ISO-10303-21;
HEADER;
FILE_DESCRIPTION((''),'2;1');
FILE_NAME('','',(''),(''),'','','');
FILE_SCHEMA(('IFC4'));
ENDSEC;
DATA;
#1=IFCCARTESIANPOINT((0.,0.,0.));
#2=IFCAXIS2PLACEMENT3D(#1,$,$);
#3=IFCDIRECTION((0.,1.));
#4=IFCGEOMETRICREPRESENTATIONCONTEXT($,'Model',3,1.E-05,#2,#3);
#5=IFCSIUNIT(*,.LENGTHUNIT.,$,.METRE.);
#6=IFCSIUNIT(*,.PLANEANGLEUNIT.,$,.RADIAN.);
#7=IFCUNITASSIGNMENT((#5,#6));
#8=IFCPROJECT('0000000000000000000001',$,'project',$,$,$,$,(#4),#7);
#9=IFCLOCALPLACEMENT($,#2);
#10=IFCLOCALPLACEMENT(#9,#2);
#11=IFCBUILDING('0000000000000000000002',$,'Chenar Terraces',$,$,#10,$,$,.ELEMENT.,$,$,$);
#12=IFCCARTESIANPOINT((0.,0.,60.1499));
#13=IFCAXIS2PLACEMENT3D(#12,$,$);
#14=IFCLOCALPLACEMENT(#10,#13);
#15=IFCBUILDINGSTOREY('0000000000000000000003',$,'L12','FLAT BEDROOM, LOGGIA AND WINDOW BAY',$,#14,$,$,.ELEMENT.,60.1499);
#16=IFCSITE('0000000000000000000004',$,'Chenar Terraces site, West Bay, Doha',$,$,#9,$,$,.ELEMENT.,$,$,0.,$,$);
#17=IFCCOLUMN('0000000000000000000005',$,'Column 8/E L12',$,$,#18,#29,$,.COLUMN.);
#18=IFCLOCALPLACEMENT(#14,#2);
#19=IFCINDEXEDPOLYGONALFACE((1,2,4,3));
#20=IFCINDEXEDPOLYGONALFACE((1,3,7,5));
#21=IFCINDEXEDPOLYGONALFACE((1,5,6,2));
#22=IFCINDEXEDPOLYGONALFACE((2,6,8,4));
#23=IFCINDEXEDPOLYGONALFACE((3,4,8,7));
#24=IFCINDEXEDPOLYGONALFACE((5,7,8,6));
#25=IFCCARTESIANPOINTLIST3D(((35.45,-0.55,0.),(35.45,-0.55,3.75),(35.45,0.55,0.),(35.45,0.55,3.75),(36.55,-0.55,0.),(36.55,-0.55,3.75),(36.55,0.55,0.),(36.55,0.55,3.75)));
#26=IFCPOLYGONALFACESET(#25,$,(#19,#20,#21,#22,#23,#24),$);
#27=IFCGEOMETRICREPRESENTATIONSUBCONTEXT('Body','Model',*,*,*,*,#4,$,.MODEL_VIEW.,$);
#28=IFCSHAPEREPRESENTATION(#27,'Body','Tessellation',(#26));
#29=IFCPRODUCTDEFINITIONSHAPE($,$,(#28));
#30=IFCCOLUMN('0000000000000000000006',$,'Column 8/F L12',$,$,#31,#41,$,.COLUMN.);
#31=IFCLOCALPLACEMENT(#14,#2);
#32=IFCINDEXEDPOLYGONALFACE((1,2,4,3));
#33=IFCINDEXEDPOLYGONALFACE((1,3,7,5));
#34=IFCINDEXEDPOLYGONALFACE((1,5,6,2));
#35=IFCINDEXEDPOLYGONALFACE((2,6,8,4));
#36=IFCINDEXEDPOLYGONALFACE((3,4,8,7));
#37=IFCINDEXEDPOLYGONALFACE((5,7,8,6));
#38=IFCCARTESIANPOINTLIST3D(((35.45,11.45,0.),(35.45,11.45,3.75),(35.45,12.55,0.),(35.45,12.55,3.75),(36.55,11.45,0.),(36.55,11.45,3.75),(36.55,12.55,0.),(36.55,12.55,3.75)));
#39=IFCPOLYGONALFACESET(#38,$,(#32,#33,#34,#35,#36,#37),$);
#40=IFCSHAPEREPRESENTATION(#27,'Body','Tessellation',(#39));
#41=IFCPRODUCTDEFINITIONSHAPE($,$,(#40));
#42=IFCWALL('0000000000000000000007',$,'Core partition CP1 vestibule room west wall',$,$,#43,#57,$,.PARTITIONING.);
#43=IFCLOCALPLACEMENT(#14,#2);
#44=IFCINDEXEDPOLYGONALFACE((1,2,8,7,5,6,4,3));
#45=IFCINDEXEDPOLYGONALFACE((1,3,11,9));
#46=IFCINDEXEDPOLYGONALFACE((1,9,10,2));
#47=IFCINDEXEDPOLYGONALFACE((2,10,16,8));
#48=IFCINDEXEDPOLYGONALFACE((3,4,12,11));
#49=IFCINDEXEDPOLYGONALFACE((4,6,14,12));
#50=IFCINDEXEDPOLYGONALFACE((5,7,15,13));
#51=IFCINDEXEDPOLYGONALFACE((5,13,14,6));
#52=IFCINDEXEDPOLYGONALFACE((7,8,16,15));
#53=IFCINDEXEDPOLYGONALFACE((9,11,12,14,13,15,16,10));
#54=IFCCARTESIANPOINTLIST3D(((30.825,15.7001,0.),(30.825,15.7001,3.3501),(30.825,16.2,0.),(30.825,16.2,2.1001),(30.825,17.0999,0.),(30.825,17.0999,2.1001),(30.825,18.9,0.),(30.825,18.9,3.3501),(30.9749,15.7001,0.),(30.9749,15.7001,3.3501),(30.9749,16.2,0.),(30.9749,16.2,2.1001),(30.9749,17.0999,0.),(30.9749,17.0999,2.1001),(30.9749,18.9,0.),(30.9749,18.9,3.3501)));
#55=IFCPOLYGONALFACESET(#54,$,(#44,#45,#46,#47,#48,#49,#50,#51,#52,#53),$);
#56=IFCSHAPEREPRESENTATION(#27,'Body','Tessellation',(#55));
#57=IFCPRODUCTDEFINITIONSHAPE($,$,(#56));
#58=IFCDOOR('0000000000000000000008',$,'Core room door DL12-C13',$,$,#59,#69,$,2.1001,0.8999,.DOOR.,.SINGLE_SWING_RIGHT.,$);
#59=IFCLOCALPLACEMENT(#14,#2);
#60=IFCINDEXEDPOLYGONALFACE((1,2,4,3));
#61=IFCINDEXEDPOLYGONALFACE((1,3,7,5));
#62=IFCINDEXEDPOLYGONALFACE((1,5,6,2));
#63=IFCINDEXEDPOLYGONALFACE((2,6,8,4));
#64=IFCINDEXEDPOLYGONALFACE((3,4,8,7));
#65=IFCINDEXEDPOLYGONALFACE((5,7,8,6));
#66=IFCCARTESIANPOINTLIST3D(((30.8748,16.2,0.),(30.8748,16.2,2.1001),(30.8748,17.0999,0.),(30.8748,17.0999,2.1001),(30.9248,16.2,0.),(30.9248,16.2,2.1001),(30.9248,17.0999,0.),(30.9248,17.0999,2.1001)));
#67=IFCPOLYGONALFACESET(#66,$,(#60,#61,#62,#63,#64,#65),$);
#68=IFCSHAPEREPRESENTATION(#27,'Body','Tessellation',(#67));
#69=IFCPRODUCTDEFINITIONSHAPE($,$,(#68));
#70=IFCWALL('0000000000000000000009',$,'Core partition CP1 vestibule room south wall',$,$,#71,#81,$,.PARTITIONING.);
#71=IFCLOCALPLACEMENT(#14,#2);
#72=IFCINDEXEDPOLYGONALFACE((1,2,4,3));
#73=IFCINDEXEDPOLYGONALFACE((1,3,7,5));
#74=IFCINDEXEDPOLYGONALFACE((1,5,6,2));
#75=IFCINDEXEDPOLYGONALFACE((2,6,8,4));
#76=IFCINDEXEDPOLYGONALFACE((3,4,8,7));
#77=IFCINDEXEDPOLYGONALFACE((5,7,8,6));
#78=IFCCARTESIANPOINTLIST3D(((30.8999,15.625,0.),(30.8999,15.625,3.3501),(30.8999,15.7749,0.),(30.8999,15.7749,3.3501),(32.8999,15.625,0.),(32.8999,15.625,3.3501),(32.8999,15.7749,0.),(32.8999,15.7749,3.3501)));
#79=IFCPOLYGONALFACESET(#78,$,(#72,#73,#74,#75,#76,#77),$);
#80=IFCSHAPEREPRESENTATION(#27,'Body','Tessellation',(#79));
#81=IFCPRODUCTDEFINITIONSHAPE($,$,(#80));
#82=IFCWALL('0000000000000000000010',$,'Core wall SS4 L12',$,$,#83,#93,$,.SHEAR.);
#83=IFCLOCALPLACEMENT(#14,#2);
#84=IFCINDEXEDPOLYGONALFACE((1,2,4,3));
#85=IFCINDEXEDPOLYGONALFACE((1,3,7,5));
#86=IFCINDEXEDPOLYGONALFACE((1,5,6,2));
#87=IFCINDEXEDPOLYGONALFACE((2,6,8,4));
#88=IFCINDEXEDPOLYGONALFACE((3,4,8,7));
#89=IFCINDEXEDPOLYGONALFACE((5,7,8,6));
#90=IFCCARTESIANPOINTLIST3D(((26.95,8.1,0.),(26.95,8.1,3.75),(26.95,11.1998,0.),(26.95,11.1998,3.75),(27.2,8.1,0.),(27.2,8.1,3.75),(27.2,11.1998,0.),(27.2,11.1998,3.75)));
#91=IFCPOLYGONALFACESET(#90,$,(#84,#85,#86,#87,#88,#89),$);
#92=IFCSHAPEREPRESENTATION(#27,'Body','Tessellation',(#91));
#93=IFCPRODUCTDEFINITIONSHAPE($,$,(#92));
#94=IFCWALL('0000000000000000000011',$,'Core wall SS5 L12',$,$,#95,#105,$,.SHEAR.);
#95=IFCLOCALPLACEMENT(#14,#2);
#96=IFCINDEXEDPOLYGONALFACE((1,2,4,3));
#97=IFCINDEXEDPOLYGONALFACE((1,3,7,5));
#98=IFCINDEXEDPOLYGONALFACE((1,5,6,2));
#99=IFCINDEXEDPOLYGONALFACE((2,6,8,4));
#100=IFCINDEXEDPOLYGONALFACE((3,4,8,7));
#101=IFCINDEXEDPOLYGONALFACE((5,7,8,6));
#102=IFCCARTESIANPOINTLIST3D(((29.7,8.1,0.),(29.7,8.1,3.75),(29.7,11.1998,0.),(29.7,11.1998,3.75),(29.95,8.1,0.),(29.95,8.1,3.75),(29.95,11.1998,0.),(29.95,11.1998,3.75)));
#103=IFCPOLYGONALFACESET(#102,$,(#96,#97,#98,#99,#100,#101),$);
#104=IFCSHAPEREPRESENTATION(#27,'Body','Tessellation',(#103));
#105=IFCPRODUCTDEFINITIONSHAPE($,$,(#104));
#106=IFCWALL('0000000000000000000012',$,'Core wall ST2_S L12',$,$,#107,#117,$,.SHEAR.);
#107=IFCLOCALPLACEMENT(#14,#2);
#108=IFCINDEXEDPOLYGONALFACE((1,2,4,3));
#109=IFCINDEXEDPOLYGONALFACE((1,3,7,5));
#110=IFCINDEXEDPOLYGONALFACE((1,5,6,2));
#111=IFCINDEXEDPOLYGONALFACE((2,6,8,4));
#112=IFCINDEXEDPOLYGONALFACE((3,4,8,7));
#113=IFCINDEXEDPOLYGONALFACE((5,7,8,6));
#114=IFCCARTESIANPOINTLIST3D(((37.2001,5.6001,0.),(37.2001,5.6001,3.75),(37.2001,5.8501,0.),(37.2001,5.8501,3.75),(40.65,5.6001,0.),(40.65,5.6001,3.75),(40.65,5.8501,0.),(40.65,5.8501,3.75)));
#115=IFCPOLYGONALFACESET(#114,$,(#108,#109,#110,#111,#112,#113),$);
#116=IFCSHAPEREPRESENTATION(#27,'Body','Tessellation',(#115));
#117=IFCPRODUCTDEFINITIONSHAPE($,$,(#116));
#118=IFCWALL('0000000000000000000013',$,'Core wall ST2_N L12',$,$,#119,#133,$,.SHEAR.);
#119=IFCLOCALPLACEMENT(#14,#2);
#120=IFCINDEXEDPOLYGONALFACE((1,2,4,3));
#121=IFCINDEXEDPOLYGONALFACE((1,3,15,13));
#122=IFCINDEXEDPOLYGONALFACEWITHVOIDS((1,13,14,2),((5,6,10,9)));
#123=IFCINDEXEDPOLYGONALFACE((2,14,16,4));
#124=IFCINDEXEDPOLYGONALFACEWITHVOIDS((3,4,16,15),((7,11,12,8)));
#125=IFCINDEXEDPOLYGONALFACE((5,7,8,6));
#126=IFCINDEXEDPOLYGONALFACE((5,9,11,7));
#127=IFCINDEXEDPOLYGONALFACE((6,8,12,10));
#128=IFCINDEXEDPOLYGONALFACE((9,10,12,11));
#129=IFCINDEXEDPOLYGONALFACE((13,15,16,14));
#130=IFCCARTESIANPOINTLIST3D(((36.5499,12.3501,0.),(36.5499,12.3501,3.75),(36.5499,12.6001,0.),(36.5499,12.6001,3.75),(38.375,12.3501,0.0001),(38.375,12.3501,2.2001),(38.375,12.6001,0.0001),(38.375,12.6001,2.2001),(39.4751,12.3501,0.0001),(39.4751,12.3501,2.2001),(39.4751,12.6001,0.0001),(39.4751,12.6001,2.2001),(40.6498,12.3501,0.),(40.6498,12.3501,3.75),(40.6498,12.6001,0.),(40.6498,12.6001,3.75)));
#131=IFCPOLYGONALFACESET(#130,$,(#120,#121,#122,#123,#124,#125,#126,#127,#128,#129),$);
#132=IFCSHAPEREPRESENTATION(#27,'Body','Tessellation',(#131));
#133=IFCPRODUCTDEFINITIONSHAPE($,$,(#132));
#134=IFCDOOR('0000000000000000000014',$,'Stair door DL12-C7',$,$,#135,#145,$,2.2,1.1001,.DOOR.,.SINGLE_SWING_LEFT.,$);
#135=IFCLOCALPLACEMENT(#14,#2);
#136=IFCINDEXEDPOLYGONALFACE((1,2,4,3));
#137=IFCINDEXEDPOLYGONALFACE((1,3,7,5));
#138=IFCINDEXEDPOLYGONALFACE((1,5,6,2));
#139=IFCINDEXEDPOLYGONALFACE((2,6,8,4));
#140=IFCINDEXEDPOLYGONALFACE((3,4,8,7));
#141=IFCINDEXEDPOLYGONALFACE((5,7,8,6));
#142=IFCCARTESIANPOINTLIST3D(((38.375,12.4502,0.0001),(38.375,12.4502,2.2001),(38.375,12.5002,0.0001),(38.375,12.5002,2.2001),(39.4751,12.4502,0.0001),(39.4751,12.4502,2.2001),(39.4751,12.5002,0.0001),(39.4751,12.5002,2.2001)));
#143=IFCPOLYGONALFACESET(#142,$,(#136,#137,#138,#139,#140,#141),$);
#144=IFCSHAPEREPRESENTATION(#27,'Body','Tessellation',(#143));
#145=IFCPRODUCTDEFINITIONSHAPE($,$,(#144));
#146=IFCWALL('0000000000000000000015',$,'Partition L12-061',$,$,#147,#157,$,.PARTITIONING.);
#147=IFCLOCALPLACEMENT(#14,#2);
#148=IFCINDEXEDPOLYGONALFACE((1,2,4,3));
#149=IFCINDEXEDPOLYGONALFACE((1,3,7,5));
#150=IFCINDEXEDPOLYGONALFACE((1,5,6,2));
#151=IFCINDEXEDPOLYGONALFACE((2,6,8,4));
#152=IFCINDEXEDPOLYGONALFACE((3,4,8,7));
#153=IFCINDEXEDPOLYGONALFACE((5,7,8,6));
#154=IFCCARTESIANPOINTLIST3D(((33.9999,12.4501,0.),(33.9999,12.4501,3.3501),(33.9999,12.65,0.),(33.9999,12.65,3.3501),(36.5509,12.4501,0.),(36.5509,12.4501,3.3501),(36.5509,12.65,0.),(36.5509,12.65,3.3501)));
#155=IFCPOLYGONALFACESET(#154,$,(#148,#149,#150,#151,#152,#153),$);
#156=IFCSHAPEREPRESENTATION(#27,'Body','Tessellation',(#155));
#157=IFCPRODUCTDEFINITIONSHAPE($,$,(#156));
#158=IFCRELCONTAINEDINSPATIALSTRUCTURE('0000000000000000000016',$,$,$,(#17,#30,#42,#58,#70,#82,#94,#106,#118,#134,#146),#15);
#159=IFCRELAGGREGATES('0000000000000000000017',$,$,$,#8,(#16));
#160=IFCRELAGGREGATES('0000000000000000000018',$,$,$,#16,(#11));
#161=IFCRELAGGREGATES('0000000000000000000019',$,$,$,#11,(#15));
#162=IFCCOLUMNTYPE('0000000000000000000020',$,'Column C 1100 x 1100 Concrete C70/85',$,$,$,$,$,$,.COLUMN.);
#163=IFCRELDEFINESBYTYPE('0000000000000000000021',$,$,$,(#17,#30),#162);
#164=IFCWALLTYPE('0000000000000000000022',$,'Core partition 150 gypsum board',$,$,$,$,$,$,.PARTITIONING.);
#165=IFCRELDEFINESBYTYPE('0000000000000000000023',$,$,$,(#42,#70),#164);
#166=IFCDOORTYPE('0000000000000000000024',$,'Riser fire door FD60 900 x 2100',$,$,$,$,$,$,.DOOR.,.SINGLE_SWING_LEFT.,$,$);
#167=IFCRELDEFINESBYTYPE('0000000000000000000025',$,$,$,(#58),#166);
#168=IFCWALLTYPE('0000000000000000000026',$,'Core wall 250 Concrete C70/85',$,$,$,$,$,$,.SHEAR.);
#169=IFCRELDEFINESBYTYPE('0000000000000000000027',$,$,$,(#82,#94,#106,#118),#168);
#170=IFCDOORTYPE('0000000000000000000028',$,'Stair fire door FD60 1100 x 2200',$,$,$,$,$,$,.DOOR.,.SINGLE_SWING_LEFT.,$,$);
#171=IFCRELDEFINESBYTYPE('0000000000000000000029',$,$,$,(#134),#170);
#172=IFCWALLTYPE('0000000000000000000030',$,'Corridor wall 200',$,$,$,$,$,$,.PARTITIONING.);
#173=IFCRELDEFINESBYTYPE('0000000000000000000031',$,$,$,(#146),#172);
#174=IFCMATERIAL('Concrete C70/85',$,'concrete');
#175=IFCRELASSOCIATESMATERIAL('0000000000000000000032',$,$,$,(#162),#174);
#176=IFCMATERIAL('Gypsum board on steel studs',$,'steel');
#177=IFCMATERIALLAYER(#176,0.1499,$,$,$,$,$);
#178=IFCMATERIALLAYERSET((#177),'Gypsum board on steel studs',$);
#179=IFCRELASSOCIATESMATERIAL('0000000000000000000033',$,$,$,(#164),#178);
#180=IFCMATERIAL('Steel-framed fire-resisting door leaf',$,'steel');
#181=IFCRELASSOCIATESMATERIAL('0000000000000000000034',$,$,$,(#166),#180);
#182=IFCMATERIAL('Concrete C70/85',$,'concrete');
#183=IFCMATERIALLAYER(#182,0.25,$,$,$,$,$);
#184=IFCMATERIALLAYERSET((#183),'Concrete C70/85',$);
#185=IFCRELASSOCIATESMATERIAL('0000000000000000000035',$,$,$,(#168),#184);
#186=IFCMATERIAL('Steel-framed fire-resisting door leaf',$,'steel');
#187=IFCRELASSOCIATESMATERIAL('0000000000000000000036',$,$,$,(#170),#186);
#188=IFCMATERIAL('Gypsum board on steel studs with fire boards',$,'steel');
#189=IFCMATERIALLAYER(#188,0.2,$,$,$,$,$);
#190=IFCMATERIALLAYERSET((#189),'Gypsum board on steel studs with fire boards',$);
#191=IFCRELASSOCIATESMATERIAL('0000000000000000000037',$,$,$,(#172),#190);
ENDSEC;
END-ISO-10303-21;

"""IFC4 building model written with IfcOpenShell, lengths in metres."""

from ifc_helpers import new_model, si_unit, direction, frame, frame_2d, origin, origin_2d, place, context, subcontext, project, spatial, rectangle, extrude, material, layer, layer_set, material_profile, profile_set, type_object, element, fill, save


model = new_model("IFC4")

# Units and contexts
model_context = context("Model", 3, precision=1e-05, world=origin(), true_north=direction((0.0, 1.0)))
body_context = subcontext(model_context, "Body", "Model", "MODEL_VIEW")
ifc_project = project(units=[si_unit("LENGTHUNIT", "METRE"), si_unit("PLANEANGLEUNIT", "RADIAN")], contexts=[model_context])

# Site, building, storey
site_placement = place(None, origin())
site = spatial("IfcSite", under=ifc_project, at=site_placement, Name="Chenar Terraces site, West Bay, Doha", CompositionType="ELEMENT", RefElevation=0.0)
building_placement = place(site_placement, origin())
building = spatial("IfcBuilding", under=site, at=building_placement, Name="Chenar Terraces", CompositionType="ELEMENT")
storey_placement = place(building_placement, frame((0.0, 0.0, 60.1499)))
storey = spatial("IfcBuildingStorey", under=building, at=storey_placement, Name="L12", Description="FLAT BEDROOM, LOGGIA AND WINDOW BAY", CompositionType="ELEMENT", Elevation=60.1499)

# Columns
ifc_material_1 = material(Name="Concrete C70/85", Category="concrete")
ifc_material_profile = material_profile(ifc_material_1, rectangle(XDim=1.1001, YDim=1.1001, at=origin_2d()), Name="C 1100 x 1100")
ifc_profile_set = profile_set([ifc_material_profile], Name="Concrete C70/85")
column_type = type_object("IfcColumnType", Name="Column C 1100 x 1100 Concrete C70/85", PredefinedType="COLUMN", material=ifc_profile_set)
for number, where, z_axis, x_axis, name in (
    (1, (36.0, 0.0, 0.0), (0.0, 0.0, 1.0), (1.0, 0.0, 0.0), "Column 8/E L12"),
    (2, (36.0, 12.0, 0.0), (0.0, 0.0, 1.0), (1.0, 0.0, 0.0), "Column 8/F L12"),
):
    element("IfcColumn", number, at=place(storey_placement, frame(where, z_axis=z_axis, x_axis=x_axis)), inside=storey, type_object=column_type, Name=name, PredefinedType="COLUMN", context=body_context, shape_type="SweptSolid", body=[
        extrude(rectangle(XDim=1.1001, YDim=1.1001, at=origin_2d()), origin(), (0.0, 0.0, 1.0), 3.75),
    ])

# Wall, opening, door
ifc_material_2 = material(Name="Gypsum board on steel studs", Category="steel")
ifc_layer_1 = layer(ifc_material_2, 0.1499)
ifc_layer_set_1 = layer_set([ifc_layer_1], Name="Gypsum board on steel studs")
wall_type_1 = type_object("IfcWallType", Name="Core partition 150 gypsum board", PredefinedType="PARTITIONING", material=ifc_layer_set_1)
wall_1_placement = place(storey_placement, frame((30.8999, 15.7, 0.0), z_axis=(0.0, 0.0, 1.0), x_axis=(0.0, 1.0, 0.0)))
wall_1 = element("IfcWall", 3, at=wall_1_placement, inside=storey, type_object=wall_type_1, Name="Core partition CP1 vestibule room west wall", PredefinedType="PARTITIONING", context=body_context, shape_type="SweptSolid", body=[
    extrude(rectangle(XDim=3.2, YDim=0.1499, at=frame_2d((1.6001, 0.0))), origin(), (0.0, 0.0, 1.0), 3.3501),
])
opening_1_placement = place(wall_1_placement, frame((0.5, 0.0, 0.0)))
opening_1 = element("IfcOpeningElement", 4, at=opening_1_placement, cuts=wall_1, PredefinedType="OPENING", context=body_context, shape_type="SweptSolid", body=[
    extrude(rectangle(XDim=0.8999, YDim=2.1001, at=frame_2d((0.45, 1.05))), frame((0.0, 0.085, 0.0), z_axis=(0.0, -1.0, 0.0), x_axis=(1.0, 0.0, 0.0)), (0.0, 0.0, 1.0), 0.1699),
])
ifc_material_3 = material(Name="Steel-framed fire-resisting door leaf", Category="steel")
door_type_1 = type_object("IfcDoorType", Name="Riser fire door FD60 900 x 2100", OperationType="SINGLE_SWING_LEFT", PredefinedType="DOOR", material=ifc_material_3)
door_1_placement = place(opening_1_placement, frame((0.8999, 0.0, 0.0), z_axis=(0.0, 0.0, 1.0), x_axis=(-1.0, 0.0, 0.0)))
door_1 = element("IfcDoor", 5, at=door_1_placement, inside=storey, type_object=door_type_1, Name="Core room door DL12-C13", OperationType="SINGLE_SWING_RIGHT", OverallHeight=2.1001, OverallWidth=0.8999, PredefinedType="DOOR", context=body_context, shape_type="SweptSolid", body=[
    extrude(rectangle(XDim=0.8999, YDim=2.1001, at=frame_2d((0.45, 1.05))), frame((0.0, 0.0249, 0.0), z_axis=(0.0, -1.0, 0.0), x_axis=(1.0, 0.0, 0.0)), (0.0, 0.0, 1.0), 0.05),
])
fill(opening_1, door_1)

# Wall
wall_2_placement = place(storey_placement, frame((30.8999, 15.7, 0.0), z_axis=(0.0, 0.0, 1.0), x_axis=(1.0, 0.0, 0.0)))
element("IfcWall", 6, at=wall_2_placement, inside=storey, type_object=wall_type_1, Name="Core partition CP1 vestibule room south wall", PredefinedType="PARTITIONING", context=body_context, shape_type="SweptSolid", body=[
    extrude(rectangle(XDim=2.0, YDim=0.1499, at=frame_2d((1.0, 0.0))), origin(), (0.0, 0.0, 1.0), 3.3501),
])

# Walls
ifc_material_4 = material(Name="Concrete C70/85", Category="concrete")
ifc_layer_2 = layer(ifc_material_4, 0.25)
ifc_layer_set_2 = layer_set([ifc_layer_2], Name="Concrete C70/85")
wall_type_2 = type_object("IfcWallType", Name="Core wall 250 Concrete C70/85", PredefinedType="SHEAR", material=ifc_layer_set_2)
for number, where, z_axis, x_axis, name in (
    (7, (27.075, 8.1001, 0.0), (0.0, 0.0, 1.0), (0.0, 1.0, 0.0), "Core wall SS4 L12"),
    (8, (29.825, 8.1001, 0.0), (0.0, 0.0, 1.0), (0.0, 1.0, 0.0), "Core wall SS5 L12"),
):
    element("IfcWall", number, at=place(storey_placement, frame(where, z_axis=z_axis, x_axis=x_axis)), inside=storey, type_object=wall_type_2, Name=name, PredefinedType="SHEAR", context=body_context, shape_type="SweptSolid", body=[
        extrude(rectangle(XDim=3.0999, YDim=0.25, at=frame_2d((1.5498, 0.0))), origin(), (0.0, 0.0, 1.0), 3.75),
    ])
wall_3_placement = place(storey_placement, frame((37.2, 5.7251, 0.0), z_axis=(0.0, 0.0, 1.0), x_axis=(1.0, 0.0, 0.0)))
element("IfcWall", 9, at=wall_3_placement, inside=storey, type_object=wall_type_2, Name="Core wall ST2_S L12", PredefinedType="SHEAR", context=body_context, shape_type="SweptSolid", body=[
    extrude(rectangle(XDim=3.45, YDim=0.25, at=frame_2d((1.7251, 0.0))), origin(), (0.0, 0.0, 1.0), 3.75),
])

# Wall, opening, door
wall_4_placement = place(storey_placement, frame((36.55, 12.4751, 0.0), z_axis=(0.0, 0.0, 1.0), x_axis=(1.0, 0.0, 0.0)))
wall_4 = element("IfcWall", 10, at=wall_4_placement, inside=storey, type_object=wall_type_2, Name="Core wall ST2_N L12", PredefinedType="SHEAR", context=body_context, shape_type="SweptSolid", body=[
    extrude(rectangle(XDim=4.0999, YDim=0.25, at=frame_2d((2.0498, 0.0))), origin(), (0.0, 0.0, 1.0), 3.75),
])
opening_2_placement = place(wall_4_placement, frame((1.825, 0.0, 0.0)))
opening_2 = element("IfcOpeningElement", 11, at=opening_2_placement, cuts=wall_4, PredefinedType="OPENING", context=body_context, shape_type="SweptSolid", body=[
    extrude(rectangle(XDim=1.1001, YDim=2.2, at=frame_2d((0.55, 1.1001))), frame((0.0, 0.135, 0.0), z_axis=(0.0, -1.0, 0.0), x_axis=(1.0, 0.0, 0.0)), (0.0, 0.0, 1.0), 0.27),
])
ifc_material_5 = material(Name="Steel-framed fire-resisting door leaf", Category="steel")
door_type_2 = type_object("IfcDoorType", Name="Stair fire door FD60 1100 x 2200", OperationType="SINGLE_SWING_LEFT", PredefinedType="DOOR", material=ifc_material_5)
door_2_placement = place(opening_2_placement, frame((1.1001, 0.0, 0.0), z_axis=(0.0, 0.0, 1.0), x_axis=(-1.0, 0.0, 0.0)))
door_2 = element("IfcDoor", 12, at=door_2_placement, inside=storey, type_object=door_type_2, Name="Stair door DL12-C7", OperationType="SINGLE_SWING_LEFT", OverallHeight=2.2, OverallWidth=1.1001, PredefinedType="DOOR", context=body_context, shape_type="SweptSolid", body=[
    extrude(rectangle(XDim=1.1001, YDim=2.2, at=frame_2d((0.55, 1.1001))), frame((0.0, 0.0249, 0.0), z_axis=(0.0, -1.0, 0.0), x_axis=(1.0, 0.0, 0.0)), (0.0, 0.0, 1.0), 0.05),
])
fill(opening_2, door_2)

# Wall
ifc_material_6 = material(Name="Gypsum board on steel studs with fire boards", Category="steel")
ifc_layer_3 = layer(ifc_material_6, 0.2)
ifc_layer_set_3 = layer_set([ifc_layer_3], Name="Gypsum board on steel studs with fire boards")
wall_type_3 = type_object("IfcWallType", Name="Corridor wall 200", PredefinedType="PARTITIONING", material=ifc_layer_set_3)
wall_5_placement = place(storey_placement, frame((34.0, 12.55, 0.0), z_axis=(0.0, 0.0, 1.0), x_axis=(1.0, 0.0, 0.0)))
element("IfcWall", 13, at=wall_5_placement, inside=storey, type_object=wall_type_3, Name="Partition L12-061", PredefinedType="PARTITIONING", context=body_context, shape_type="SweptSolid", body=[
    extrude(rectangle(XDim=2.551, YDim=0.2, at=frame_2d((1.2754, 0.0))), origin(), (0.0, 0.0, 1.0), 3.3501),
])

save(model, "model.ifc")
